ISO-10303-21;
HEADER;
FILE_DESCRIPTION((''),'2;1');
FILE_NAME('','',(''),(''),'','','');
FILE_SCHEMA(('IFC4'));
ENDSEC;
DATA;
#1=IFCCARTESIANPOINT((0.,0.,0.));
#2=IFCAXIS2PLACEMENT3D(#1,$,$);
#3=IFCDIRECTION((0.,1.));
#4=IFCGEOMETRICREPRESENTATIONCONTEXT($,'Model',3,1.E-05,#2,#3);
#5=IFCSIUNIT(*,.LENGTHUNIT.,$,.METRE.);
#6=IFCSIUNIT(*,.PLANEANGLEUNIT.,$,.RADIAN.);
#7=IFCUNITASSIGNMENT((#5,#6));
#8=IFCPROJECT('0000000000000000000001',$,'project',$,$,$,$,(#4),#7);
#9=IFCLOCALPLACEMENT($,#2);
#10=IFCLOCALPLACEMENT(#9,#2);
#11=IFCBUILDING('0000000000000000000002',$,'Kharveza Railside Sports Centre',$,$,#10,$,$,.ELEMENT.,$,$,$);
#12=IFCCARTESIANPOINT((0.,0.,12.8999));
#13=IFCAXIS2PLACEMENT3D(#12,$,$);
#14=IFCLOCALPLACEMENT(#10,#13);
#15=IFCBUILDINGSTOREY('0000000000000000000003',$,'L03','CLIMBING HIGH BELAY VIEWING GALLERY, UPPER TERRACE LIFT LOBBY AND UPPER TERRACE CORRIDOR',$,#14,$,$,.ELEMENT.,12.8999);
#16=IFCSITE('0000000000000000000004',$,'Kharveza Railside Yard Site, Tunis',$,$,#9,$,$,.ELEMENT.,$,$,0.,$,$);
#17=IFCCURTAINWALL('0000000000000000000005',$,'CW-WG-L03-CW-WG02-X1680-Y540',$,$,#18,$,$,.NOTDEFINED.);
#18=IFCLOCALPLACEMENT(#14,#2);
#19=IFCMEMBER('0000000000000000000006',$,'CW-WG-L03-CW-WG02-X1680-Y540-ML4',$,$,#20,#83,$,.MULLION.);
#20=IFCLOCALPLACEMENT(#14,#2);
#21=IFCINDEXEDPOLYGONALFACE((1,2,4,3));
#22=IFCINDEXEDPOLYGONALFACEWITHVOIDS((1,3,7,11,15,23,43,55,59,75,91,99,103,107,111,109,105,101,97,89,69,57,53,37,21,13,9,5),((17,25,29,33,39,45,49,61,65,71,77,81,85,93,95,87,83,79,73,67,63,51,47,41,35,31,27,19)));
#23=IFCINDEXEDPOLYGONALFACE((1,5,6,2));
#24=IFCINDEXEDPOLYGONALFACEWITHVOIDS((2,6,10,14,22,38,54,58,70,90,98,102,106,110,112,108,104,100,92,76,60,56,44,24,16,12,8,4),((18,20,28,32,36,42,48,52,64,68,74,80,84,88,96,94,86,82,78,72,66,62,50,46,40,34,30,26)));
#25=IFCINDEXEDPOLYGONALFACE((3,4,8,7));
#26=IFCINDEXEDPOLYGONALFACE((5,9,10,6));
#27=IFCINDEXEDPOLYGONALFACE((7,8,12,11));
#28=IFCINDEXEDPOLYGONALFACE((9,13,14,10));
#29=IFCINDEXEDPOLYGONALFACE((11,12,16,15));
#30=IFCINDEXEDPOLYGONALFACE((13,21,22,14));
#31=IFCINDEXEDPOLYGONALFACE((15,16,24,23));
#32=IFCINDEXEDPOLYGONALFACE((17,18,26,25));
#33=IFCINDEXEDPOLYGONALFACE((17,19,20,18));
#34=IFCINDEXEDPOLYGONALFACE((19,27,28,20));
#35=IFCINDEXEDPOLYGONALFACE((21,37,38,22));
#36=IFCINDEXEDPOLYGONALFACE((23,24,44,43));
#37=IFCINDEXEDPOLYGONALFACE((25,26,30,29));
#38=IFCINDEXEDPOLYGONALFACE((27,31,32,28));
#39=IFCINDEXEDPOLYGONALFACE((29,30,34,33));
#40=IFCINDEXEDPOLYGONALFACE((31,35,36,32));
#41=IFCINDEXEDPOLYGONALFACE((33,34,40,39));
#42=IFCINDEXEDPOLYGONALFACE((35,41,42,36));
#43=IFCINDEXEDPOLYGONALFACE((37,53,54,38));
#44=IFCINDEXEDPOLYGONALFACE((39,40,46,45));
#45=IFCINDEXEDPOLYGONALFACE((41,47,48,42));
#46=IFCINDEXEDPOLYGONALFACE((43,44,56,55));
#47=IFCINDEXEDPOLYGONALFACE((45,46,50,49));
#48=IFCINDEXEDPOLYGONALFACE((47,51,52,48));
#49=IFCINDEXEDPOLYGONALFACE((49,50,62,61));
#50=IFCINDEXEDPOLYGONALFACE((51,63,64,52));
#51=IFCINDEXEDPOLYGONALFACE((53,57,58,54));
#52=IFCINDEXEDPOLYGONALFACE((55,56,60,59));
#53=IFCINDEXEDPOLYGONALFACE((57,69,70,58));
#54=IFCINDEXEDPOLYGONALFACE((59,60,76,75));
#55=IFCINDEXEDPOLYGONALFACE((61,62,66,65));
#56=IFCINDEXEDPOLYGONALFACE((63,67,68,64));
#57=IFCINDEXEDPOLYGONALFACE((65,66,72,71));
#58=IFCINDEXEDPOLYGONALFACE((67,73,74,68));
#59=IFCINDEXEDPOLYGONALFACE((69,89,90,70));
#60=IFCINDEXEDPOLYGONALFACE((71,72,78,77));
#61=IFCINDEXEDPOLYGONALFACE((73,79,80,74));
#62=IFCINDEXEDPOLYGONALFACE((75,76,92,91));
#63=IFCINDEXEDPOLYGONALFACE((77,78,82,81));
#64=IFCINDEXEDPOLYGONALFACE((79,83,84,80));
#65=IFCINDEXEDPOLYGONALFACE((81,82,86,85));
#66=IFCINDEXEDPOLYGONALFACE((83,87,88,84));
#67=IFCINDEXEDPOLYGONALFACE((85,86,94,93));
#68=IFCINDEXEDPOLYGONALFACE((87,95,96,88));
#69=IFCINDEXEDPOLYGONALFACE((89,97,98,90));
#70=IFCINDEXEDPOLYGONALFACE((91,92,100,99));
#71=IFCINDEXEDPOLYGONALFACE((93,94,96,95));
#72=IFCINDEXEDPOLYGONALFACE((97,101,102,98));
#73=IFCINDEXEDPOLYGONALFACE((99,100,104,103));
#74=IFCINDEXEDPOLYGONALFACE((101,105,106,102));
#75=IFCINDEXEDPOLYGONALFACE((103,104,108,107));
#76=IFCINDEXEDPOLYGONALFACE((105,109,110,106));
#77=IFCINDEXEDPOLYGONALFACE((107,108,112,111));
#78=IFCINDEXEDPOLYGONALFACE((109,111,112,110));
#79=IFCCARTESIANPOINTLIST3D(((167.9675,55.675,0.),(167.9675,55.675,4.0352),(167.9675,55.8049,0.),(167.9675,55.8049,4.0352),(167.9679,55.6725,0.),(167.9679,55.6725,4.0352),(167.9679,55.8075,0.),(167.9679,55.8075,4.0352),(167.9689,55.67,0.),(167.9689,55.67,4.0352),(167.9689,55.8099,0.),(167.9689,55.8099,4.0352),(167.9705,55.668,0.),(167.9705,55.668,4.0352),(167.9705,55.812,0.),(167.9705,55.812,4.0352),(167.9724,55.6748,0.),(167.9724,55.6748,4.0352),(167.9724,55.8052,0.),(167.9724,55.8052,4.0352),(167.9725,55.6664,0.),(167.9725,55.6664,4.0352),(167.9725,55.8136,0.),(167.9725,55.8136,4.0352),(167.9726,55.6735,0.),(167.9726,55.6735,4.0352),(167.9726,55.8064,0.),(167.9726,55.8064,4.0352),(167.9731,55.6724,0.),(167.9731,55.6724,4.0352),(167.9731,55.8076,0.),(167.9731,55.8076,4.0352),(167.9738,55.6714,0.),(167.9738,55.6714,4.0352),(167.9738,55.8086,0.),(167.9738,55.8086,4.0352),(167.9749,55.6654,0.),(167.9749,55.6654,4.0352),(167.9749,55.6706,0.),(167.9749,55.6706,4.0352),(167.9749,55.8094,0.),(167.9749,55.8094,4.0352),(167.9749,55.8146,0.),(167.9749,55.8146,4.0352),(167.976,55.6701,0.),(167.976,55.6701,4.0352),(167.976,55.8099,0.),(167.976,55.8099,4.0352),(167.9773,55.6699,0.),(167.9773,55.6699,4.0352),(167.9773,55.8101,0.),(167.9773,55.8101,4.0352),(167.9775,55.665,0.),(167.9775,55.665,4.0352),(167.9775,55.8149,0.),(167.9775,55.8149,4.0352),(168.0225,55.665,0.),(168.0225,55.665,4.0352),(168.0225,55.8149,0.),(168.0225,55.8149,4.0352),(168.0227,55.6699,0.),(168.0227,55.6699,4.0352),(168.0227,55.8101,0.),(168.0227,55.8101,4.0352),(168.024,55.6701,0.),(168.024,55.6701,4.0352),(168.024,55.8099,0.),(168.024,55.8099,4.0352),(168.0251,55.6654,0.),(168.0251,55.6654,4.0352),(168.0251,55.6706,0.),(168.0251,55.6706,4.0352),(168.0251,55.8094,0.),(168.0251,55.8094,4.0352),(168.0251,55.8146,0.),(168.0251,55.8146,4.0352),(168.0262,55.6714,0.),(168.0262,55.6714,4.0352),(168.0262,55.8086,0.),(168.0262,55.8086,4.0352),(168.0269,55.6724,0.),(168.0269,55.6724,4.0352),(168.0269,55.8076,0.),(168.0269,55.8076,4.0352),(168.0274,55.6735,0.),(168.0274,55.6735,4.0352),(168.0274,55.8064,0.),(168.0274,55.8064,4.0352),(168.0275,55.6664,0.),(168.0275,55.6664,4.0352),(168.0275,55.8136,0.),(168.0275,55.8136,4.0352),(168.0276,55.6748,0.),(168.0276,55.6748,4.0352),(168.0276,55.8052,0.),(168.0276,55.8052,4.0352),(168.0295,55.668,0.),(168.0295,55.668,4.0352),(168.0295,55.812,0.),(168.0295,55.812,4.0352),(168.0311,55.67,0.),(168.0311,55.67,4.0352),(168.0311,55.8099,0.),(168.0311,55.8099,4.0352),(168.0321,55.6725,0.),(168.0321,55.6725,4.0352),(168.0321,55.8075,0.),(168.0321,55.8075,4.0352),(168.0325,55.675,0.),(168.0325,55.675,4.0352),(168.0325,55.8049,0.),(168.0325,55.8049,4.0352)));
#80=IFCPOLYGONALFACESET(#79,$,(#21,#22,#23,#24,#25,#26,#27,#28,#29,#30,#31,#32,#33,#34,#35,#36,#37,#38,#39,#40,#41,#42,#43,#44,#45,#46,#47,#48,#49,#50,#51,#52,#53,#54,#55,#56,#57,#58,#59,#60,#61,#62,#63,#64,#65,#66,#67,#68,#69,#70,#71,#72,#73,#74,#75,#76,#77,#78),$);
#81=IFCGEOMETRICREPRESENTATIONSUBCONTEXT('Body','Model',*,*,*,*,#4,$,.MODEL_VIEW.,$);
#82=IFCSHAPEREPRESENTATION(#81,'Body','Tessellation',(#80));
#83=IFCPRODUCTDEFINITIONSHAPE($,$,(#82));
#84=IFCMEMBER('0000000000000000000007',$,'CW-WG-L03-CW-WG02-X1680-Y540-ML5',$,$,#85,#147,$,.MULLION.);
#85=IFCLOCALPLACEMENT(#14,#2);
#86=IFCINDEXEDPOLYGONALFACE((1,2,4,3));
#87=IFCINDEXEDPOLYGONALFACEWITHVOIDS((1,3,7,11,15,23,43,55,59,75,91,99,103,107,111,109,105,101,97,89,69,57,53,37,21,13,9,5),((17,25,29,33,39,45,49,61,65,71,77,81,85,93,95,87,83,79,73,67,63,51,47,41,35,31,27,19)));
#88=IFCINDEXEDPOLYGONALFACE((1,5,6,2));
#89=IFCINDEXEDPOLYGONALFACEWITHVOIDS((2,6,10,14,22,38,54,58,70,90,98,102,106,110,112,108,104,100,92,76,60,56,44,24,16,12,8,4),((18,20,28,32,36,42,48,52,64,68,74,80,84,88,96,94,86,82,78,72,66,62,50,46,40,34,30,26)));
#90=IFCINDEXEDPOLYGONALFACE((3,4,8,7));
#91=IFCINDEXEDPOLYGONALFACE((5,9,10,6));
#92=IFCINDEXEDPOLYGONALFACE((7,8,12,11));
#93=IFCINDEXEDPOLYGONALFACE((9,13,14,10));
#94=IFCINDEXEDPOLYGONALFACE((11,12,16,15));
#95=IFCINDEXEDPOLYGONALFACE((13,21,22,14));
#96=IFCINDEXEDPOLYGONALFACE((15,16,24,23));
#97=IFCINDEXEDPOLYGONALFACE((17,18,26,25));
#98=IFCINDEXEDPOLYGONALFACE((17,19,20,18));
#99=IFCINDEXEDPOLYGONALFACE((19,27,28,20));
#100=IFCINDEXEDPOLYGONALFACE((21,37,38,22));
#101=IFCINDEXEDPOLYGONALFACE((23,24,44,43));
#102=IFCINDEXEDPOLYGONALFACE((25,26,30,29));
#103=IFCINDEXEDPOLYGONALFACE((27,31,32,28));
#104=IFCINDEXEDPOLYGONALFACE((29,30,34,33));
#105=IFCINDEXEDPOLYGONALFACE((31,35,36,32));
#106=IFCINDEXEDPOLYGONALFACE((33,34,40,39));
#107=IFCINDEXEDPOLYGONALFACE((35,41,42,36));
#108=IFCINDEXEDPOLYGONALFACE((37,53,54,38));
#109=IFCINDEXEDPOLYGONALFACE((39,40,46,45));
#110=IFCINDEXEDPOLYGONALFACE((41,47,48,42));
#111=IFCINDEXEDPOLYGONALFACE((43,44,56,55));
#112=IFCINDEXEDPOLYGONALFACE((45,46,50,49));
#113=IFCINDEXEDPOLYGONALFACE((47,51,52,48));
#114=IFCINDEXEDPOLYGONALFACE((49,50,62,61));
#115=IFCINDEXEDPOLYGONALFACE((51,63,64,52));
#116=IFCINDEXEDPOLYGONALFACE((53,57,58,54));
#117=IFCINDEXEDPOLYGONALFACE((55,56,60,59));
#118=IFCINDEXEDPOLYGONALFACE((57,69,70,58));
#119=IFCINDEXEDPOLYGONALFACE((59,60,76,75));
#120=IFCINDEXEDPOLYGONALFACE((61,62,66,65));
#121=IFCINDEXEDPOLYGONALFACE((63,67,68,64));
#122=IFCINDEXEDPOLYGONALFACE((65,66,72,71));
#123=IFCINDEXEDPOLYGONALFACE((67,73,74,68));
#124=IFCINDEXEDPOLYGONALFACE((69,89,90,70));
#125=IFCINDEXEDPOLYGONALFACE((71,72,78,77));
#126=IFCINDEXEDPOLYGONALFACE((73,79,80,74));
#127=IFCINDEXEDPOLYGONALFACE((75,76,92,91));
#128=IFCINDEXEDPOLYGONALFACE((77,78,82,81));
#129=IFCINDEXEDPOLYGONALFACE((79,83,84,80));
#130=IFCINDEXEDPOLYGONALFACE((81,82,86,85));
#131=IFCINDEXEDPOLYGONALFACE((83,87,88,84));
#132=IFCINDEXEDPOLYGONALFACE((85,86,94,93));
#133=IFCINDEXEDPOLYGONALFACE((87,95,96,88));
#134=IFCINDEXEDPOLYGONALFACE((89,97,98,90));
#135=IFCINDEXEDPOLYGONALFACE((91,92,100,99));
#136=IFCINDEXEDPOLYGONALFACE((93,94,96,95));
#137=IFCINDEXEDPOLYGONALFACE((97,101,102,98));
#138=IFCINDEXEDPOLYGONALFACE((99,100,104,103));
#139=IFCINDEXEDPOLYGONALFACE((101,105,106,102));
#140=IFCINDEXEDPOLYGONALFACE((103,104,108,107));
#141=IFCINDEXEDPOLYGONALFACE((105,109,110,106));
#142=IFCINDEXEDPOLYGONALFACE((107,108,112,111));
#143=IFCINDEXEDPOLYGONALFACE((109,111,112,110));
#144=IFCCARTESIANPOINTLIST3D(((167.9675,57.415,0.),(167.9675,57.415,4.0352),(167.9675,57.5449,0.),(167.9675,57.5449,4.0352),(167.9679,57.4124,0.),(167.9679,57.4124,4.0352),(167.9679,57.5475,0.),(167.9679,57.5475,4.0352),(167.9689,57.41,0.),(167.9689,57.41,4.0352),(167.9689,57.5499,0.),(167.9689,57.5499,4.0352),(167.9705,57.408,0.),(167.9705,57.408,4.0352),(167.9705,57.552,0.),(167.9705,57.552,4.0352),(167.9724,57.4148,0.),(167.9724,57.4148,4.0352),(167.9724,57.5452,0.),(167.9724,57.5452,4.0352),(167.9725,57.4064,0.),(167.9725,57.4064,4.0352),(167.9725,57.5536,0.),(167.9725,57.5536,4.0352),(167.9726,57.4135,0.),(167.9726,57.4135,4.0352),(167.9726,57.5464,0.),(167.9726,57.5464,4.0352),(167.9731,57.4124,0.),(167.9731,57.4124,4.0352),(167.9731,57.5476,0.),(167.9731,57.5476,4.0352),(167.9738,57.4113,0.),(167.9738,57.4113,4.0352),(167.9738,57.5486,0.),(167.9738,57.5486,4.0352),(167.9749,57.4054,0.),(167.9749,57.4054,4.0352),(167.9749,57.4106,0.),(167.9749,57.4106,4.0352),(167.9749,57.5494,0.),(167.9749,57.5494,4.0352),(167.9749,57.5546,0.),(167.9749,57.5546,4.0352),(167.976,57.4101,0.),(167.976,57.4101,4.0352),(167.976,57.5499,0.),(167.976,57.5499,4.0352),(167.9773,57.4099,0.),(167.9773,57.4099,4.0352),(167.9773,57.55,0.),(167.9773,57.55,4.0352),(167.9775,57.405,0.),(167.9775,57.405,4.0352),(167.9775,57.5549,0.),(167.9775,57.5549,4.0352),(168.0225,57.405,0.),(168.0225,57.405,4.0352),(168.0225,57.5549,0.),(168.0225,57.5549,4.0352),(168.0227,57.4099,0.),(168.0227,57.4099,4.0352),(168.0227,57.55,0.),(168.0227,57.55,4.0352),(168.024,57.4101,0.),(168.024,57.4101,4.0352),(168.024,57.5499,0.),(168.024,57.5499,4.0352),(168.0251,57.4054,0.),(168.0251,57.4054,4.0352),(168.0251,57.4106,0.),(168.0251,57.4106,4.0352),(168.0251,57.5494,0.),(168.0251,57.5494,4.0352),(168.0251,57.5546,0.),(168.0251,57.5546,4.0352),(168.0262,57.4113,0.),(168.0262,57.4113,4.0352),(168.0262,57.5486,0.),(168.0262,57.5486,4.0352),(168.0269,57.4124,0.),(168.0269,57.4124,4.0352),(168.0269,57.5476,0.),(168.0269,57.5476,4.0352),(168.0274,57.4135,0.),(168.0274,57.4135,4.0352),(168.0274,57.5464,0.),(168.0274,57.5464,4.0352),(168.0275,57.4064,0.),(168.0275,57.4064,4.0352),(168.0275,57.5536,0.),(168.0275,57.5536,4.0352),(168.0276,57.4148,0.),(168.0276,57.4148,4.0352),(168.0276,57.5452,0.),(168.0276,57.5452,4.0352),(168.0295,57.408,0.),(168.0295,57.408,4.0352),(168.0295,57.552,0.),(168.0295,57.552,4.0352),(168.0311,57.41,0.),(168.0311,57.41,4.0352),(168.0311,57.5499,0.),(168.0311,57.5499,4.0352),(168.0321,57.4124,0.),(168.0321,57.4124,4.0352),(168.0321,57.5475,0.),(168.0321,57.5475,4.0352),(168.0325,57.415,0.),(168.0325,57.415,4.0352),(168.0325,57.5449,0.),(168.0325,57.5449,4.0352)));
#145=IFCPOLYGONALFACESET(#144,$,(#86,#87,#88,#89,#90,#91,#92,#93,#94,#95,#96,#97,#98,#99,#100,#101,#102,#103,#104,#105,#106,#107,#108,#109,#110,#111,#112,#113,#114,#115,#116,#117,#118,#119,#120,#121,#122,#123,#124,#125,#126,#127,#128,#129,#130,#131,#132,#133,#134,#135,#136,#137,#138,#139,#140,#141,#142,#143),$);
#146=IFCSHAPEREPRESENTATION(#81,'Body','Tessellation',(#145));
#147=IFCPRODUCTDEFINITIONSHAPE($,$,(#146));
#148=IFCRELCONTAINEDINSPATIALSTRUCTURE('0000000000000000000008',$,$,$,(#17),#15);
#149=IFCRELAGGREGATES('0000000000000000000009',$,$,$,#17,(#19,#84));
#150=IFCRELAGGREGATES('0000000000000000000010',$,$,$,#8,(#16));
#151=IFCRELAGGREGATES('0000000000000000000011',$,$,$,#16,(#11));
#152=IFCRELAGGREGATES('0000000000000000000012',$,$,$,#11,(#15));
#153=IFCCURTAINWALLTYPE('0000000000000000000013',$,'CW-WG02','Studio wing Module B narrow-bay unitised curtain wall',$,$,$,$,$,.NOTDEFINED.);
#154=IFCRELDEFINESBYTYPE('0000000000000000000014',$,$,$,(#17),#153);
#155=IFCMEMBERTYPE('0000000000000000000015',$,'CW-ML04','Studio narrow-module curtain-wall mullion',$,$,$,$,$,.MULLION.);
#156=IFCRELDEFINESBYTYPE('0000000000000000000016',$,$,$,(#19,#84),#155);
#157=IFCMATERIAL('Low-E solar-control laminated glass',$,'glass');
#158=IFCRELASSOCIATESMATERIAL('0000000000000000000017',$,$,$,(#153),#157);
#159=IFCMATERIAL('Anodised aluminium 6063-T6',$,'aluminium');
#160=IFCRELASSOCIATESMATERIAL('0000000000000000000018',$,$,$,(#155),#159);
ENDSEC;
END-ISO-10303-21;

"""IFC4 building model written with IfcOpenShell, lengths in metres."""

from ifc_helpers import new_model, si_unit, direction, frame, origin, origin_2d, place, context, subcontext, project, spatial, hollow_rectangle, extrude, material, material_profile, profile_set, type_object, element, aggregate, save


model = new_model("IFC4")

# Units and contexts
model_context = context("Model", 3, precision=1e-05, world=origin(), true_north=direction((0.0, 1.0)))
body_context = subcontext(model_context, "Body", "Model", "MODEL_VIEW")
ifc_project = project(units=[si_unit("LENGTHUNIT", "METRE"), si_unit("PLANEANGLEUNIT", "RADIAN")], contexts=[model_context])

# Site, building, storey
site_placement = place(None, origin())
site = spatial("IfcSite", under=ifc_project, at=site_placement, Name="Kharveza Railside Yard Site, Tunis", CompositionType="ELEMENT", RefElevation=0.0)
building_placement = place(site_placement, origin())
building = spatial("IfcBuilding", under=site, at=building_placement, Name="Kharveza Railside Sports Centre", CompositionType="ELEMENT")
storey_placement = place(building_placement, frame((0.0, 0.0, 12.8999)))
storey = spatial("IfcBuildingStorey", under=building, at=storey_placement, Name="L03", Description="CLIMBING HIGH BELAY VIEWING GALLERY, UPPER TERRACE LIFT LOBBY AND UPPER TERRACE CORRIDOR", CompositionType="ELEMENT", Elevation=12.8999)

# Curtain wall, members
ifc_material_1 = material(Name="Low-E solar-control laminated glass", Category="glass")
curtain_wall_type = type_object("IfcCurtainWallType", Name="CW-WG02", Description="Studio wing Module B narrow-bay unitised curtain wall", PredefinedType="NOTDEFINED", material=ifc_material_1)
curtain_wall_1_placement = place(storey_placement, origin())
curtain_wall_1 = element("IfcCurtainWall", 1, at=curtain_wall_1_placement, inside=storey, type_object=curtain_wall_type, Name="CW-WG-L03-CW-WG02-X1680-Y540", PredefinedType="NOTDEFINED")
ifc_material_2 = material(Name="Anodised aluminium 6063-T6", Category="aluminium")
ifc_material_profile_1 = material_profile(ifc_material_2, hollow_rectangle(XDim=0.0649, YDim=0.1499, WallThickness=0.0049, InnerFilletRadius=0.0049, OuterFilletRadius=0.01, at=origin_2d()), Name="RHS 65x150x5.0")
ifc_profile_set_1 = profile_set([ifc_material_profile_1], Name="Anodised aluminium 6063-T6")
member_type_1 = type_object("IfcMemberType", Name="CW-ML04", Description="Studio narrow-module curtain-wall mullion", PredefinedType="MULLION", material=ifc_profile_set_1)
member_1_placement = place(storey_placement, frame((168.0, 55.74, 0.0), z_axis=(0.0, 0.0, 1.0), x_axis=(1.0, 0.0, 0.0)))
member_1 = element("IfcMember", 2, at=member_1_placement, type_object=member_type_1, Name="CW-WG-L03-CW-WG02-X1680-Y540-ML4", PredefinedType="MULLION", context=body_context, shape_type="SweptSolid", body=[
    extrude(hollow_rectangle(XDim=0.0649, YDim=0.1499, WallThickness=0.0049, InnerFilletRadius=0.0049, OuterFilletRadius=0.01, at=origin_2d()), origin(), (0.0, 0.0, 1.0), 4.0352),
])
member_2_placement = place(storey_placement, frame((168.0, 57.48, 0.0), z_axis=(0.0, 0.0, 1.0), x_axis=(1.0, 0.0, 0.0)))
member_2 = element("IfcMember", 3, at=member_2_placement, type_object=member_type_1, Name="CW-WG-L03-CW-WG02-X1680-Y540-ML5", PredefinedType="MULLION", context=body_context, shape_type="SweptSolid", body=[
    extrude(hollow_rectangle(XDim=0.0649, YDim=0.1499, WallThickness=0.0049, InnerFilletRadius=0.0049, OuterFilletRadius=0.01, at=origin_2d()), origin(), (0.0, 0.0, 1.0), 4.0352),
])

aggregate(curtain_wall_1, [member_1, member_2])

save(model, "model.ifc")
